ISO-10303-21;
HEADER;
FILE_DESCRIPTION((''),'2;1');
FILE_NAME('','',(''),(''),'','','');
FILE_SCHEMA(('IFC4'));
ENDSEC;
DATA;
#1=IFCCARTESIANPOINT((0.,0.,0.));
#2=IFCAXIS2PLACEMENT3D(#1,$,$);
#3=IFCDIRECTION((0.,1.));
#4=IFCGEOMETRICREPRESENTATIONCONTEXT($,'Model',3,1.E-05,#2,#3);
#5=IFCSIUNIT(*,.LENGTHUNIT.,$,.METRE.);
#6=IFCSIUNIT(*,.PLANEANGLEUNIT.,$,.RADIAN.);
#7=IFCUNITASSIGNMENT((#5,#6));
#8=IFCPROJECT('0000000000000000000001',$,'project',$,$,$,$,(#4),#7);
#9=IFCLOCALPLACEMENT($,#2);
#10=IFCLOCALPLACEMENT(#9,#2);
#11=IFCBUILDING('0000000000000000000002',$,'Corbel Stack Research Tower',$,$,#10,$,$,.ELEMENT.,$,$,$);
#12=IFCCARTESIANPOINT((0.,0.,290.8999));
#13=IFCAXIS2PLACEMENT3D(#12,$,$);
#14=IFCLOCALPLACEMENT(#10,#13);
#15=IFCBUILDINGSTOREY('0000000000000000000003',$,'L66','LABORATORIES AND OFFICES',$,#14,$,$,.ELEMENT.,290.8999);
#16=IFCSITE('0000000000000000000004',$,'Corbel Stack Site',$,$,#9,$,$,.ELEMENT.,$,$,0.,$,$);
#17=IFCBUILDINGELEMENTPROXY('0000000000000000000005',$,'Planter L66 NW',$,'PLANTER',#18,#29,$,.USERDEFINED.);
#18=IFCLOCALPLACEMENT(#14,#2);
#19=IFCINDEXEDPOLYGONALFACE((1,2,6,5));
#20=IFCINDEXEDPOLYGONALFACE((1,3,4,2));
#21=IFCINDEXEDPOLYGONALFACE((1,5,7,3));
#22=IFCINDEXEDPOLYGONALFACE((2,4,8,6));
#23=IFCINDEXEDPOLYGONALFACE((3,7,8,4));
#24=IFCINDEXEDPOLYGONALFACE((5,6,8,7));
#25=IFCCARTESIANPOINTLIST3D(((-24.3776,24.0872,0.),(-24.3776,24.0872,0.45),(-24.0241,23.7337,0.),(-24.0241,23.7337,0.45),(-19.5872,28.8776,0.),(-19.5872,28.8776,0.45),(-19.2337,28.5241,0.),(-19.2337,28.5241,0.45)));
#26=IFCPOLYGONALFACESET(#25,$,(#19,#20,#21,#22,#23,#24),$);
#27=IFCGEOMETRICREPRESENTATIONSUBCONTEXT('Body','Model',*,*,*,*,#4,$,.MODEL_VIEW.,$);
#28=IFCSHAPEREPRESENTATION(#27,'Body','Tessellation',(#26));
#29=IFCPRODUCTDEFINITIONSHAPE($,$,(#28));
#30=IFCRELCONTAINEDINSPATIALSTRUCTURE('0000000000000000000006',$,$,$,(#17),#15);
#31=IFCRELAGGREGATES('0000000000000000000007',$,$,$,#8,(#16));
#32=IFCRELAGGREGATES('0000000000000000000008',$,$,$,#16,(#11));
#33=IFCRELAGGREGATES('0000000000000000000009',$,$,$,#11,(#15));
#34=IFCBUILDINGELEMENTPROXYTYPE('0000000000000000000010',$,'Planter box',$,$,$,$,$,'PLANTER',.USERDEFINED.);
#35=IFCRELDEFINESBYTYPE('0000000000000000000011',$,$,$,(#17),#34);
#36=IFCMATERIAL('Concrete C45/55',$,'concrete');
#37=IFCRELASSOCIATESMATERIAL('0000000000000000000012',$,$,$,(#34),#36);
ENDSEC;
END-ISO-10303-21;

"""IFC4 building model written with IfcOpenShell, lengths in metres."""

from ifc_helpers import new_model, si_unit, direction, frame, origin, origin_2d, place, context, subcontext, project, spatial, rectangle, extrude, material, type_object, element, save


model = new_model("IFC4")

# Units and contexts
model_context = context("Model", 3, precision=1e-05, world=origin(), true_north=direction((0.0, 1.0)))
body_context = subcontext(model_context, "Body", "Model", "MODEL_VIEW")
ifc_project = project(units=[si_unit("LENGTHUNIT", "METRE"), si_unit("PLANEANGLEUNIT", "RADIAN")], contexts=[model_context])

# Site, building, storey
site_placement = place(None, origin())
site = spatial("IfcSite", under=ifc_project, at=site_placement, Name="Corbel Stack Site", CompositionType="ELEMENT", RefElevation=0.0)
building_placement = place(site_placement, origin())
building = spatial("IfcBuilding", under=site, at=building_placement, Name="Corbel Stack Research Tower", CompositionType="ELEMENT")
storey_placement = place(building_placement, frame((0.0, 0.0, 290.8999)))
storey = spatial("IfcBuildingStorey", under=building, at=storey_placement, Name="L66", Description="LABORATORIES AND OFFICES", CompositionType="ELEMENT", Elevation=290.8999)

# Building element proxy
ifc_material_1 = material(Name="Concrete C45/55", Category="concrete")
building_element_proxy_type = type_object("IfcBuildingElementProxyType", Name="Planter box", ElementType="PLANTER", PredefinedType="USERDEFINED", material=ifc_material_1)
proxy_placement = place(storey_placement, frame((-21.8057, 26.3057, 0.0), z_axis=(0.0, 0.0, 1.0), x_axis=(-0.707107, -0.707107, 0.0)))
element("IfcBuildingElementProxy", 1, at=proxy_placement, inside=storey, type_object=building_element_proxy_type, Name="Planter L66 NW", ObjectType="PLANTER", PredefinedType="USERDEFINED", context=body_context, shape_type="SweptSolid", body=[
    extrude(rectangle(XDim=6.7747, YDim=0.5, at=origin_2d()), origin(), (0.0, 0.0, 1.0), 0.45),
])

save(model, "model.ifc")
